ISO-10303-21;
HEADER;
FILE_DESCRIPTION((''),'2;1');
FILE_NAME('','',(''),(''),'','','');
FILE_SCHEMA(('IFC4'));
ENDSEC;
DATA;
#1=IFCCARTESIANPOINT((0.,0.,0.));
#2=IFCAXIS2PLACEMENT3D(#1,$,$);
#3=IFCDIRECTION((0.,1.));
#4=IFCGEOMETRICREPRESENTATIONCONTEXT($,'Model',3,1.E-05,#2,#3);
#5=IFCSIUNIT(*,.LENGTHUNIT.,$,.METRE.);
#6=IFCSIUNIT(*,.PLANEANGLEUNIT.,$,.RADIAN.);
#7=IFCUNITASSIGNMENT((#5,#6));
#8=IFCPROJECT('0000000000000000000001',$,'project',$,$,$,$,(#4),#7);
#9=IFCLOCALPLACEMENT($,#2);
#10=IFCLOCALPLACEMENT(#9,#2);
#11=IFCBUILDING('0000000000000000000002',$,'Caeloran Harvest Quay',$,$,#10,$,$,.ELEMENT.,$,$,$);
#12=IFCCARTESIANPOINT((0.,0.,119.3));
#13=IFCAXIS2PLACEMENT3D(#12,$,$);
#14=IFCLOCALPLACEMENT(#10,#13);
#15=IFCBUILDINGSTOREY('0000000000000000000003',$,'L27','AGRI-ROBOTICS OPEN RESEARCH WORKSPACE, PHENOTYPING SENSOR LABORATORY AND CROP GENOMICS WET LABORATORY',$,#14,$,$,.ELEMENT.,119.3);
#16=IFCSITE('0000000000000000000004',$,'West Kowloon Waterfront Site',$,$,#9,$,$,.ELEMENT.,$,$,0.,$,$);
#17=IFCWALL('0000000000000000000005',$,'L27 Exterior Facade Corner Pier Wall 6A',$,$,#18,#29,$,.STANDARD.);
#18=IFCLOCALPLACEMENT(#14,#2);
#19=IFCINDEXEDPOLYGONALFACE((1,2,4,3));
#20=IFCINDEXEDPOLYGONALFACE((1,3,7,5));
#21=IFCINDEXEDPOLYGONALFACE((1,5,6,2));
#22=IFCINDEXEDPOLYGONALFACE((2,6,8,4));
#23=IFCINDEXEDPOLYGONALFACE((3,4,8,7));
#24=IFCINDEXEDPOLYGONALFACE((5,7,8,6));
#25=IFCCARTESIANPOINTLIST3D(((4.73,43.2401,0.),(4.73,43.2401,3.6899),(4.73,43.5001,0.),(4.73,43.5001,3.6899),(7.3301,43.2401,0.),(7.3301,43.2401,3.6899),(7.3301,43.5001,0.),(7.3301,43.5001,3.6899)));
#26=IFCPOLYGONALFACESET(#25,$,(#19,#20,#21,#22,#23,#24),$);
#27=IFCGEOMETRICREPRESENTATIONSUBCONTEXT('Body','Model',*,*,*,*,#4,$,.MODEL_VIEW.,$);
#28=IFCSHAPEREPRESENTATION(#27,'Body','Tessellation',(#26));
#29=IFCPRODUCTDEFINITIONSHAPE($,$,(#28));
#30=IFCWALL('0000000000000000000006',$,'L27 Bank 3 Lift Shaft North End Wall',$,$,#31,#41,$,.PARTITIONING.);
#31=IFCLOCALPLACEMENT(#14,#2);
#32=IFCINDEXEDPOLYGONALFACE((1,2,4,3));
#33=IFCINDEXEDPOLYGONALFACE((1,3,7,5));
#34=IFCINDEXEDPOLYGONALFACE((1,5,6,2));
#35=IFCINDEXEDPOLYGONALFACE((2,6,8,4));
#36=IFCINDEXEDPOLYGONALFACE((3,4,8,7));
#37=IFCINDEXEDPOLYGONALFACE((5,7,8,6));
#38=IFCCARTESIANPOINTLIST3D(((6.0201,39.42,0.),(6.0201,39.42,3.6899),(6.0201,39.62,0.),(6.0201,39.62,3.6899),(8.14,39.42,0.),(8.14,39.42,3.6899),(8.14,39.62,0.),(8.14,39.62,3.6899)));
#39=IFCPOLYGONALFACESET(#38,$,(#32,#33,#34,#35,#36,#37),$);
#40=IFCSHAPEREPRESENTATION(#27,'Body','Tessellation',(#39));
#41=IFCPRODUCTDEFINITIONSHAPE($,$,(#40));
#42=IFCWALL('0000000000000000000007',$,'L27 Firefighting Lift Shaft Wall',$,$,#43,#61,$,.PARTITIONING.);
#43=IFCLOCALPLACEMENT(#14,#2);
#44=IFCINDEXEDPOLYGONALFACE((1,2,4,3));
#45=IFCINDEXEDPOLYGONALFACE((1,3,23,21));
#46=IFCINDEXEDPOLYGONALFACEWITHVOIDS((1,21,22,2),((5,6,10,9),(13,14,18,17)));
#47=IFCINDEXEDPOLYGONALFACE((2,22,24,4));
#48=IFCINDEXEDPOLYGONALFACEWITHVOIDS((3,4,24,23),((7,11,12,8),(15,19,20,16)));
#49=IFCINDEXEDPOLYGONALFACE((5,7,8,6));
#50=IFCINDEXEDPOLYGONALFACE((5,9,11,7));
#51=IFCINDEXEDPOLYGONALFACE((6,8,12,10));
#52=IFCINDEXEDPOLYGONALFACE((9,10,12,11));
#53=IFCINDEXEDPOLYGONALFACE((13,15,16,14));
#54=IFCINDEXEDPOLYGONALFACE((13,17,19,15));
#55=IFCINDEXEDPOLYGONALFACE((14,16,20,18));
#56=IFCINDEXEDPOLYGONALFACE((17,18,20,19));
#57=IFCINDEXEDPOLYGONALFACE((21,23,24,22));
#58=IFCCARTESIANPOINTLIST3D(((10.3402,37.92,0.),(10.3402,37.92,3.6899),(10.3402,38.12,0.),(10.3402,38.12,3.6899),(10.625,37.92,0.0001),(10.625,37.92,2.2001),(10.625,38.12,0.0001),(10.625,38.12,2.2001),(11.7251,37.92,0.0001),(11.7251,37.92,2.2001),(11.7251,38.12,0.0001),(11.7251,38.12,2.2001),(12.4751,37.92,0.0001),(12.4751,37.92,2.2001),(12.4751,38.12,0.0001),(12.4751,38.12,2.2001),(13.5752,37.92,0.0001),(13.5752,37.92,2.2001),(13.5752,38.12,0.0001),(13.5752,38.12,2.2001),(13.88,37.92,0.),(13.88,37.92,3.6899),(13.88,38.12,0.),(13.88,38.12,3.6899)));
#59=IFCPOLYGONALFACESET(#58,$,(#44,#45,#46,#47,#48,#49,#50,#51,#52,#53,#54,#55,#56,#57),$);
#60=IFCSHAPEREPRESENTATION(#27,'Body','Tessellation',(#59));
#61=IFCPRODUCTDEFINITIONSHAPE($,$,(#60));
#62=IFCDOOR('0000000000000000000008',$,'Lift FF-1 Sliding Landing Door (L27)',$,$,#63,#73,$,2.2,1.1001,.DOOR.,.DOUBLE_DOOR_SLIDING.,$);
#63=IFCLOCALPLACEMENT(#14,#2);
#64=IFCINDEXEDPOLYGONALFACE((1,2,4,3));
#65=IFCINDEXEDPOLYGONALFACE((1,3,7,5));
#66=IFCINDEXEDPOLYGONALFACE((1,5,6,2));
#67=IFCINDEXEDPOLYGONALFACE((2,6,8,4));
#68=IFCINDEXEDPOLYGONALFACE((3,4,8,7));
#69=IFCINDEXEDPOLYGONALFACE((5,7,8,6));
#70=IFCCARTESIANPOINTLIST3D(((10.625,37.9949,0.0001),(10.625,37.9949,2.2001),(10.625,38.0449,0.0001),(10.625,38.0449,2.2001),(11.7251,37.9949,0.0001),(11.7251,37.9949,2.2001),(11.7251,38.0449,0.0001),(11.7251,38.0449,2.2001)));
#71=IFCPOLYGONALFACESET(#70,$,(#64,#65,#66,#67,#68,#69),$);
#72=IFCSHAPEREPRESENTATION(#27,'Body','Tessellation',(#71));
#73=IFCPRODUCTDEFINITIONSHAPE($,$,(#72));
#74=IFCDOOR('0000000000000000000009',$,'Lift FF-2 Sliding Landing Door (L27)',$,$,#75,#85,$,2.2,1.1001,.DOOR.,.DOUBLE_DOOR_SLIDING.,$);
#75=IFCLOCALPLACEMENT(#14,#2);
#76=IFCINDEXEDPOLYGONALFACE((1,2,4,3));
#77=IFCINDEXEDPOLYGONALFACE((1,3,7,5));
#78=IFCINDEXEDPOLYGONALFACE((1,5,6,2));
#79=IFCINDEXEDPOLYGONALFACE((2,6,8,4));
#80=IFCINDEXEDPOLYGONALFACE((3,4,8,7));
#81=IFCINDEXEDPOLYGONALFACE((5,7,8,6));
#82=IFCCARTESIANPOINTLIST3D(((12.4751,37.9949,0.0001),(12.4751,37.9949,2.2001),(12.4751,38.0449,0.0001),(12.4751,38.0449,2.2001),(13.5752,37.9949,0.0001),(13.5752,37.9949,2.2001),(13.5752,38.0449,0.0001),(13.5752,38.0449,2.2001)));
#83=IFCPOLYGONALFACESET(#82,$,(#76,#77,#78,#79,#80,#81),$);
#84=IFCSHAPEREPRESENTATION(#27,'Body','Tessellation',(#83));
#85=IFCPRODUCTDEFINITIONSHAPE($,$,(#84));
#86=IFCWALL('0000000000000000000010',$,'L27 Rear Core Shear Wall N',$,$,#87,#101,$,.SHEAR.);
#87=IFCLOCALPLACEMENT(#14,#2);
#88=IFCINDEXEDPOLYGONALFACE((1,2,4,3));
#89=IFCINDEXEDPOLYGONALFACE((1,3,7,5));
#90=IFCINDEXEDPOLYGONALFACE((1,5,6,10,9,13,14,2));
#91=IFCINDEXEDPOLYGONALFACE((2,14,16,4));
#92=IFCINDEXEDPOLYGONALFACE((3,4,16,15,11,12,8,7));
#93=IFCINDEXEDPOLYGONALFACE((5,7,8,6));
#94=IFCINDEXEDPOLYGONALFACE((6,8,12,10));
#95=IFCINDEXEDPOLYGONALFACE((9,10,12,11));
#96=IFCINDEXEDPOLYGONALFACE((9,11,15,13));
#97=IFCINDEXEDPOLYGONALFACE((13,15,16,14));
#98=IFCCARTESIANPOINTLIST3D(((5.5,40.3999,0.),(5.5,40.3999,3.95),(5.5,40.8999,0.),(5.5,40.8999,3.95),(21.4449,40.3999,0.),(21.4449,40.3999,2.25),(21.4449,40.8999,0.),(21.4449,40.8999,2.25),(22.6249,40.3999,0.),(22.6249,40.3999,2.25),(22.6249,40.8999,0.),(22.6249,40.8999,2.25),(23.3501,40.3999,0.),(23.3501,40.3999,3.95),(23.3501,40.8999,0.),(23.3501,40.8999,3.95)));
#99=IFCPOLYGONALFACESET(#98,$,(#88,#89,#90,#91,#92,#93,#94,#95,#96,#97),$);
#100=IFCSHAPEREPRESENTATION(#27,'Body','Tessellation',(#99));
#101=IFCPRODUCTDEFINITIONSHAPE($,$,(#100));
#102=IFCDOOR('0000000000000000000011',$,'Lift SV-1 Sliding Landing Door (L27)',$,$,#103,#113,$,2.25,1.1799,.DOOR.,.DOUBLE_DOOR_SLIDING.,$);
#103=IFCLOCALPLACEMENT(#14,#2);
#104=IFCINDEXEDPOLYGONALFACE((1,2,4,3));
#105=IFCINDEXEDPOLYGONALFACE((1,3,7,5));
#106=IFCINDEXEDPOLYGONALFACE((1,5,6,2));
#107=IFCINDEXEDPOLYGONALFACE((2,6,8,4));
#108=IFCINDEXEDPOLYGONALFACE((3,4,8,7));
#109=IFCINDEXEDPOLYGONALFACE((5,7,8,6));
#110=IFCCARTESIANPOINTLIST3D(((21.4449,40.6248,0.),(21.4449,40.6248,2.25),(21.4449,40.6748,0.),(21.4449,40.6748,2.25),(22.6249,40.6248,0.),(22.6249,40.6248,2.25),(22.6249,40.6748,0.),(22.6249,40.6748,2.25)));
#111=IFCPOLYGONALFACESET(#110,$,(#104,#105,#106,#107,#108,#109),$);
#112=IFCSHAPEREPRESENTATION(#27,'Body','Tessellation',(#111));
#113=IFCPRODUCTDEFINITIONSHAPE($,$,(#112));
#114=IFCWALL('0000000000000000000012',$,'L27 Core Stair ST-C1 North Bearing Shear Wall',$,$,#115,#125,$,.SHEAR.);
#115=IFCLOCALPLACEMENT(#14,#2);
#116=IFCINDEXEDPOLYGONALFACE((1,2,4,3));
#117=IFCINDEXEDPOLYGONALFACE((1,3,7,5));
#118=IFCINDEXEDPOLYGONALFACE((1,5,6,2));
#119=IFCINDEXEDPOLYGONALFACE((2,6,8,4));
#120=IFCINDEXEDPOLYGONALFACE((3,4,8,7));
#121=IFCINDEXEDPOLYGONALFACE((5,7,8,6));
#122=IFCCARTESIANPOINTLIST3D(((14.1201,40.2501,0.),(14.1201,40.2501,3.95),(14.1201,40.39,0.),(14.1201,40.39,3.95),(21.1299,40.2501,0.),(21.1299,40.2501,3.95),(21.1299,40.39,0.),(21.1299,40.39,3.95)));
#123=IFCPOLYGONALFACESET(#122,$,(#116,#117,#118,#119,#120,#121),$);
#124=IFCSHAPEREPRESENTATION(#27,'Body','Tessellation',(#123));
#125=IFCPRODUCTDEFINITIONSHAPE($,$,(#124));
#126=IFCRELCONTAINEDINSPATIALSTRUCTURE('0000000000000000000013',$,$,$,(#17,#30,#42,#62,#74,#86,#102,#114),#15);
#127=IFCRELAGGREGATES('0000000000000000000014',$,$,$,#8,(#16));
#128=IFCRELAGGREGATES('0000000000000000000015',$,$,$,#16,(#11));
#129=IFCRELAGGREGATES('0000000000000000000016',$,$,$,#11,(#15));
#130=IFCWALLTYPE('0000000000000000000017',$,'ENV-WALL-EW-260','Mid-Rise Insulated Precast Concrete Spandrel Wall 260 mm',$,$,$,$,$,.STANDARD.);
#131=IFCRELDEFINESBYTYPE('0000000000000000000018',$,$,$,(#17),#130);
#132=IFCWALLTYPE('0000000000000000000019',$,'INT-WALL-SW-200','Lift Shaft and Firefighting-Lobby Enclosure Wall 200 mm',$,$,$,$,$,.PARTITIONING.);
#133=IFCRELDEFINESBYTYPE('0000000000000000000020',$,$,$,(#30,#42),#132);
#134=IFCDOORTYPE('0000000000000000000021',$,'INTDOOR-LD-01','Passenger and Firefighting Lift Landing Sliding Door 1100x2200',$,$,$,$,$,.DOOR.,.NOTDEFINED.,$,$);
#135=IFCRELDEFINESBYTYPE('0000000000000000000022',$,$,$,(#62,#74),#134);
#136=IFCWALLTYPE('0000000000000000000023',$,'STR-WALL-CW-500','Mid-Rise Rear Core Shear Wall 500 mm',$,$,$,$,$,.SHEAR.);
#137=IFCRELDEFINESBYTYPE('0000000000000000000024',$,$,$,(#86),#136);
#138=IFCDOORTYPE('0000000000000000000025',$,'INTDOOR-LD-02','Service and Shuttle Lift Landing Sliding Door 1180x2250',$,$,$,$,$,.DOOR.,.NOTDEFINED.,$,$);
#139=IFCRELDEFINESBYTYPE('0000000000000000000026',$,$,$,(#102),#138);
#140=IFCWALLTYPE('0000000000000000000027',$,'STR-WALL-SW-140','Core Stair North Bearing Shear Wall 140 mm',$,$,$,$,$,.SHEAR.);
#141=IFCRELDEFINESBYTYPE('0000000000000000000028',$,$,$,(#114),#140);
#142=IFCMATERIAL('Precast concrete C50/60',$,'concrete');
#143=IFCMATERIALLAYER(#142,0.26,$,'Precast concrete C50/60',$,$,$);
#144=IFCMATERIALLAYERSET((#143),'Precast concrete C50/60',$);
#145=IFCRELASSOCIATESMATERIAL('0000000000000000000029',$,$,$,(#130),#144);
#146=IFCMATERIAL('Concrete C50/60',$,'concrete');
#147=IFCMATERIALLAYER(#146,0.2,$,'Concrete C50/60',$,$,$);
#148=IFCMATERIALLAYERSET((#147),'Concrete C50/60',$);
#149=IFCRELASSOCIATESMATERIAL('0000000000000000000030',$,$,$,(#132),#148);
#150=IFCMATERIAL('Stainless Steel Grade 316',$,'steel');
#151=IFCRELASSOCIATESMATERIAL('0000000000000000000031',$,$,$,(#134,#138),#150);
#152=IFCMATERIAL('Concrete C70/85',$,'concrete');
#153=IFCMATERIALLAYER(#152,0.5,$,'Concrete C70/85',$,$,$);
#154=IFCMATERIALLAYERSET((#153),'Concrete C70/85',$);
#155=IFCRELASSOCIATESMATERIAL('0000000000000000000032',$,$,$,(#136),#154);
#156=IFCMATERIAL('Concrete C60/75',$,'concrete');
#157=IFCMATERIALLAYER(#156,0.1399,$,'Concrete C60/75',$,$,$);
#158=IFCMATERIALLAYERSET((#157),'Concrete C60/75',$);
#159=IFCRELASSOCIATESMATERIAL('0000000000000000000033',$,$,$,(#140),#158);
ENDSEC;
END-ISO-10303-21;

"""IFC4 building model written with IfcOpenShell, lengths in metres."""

from ifc_helpers import new_model, si_unit, direction, frame, frame_2d, origin, place, context, subcontext, project, spatial, rectangle, extrude, material, layer, layer_set, type_object, element, fill, save


model = new_model("IFC4")

# Units and contexts
model_context = context("Model", 3, precision=1e-05, world=origin(), true_north=direction((0.0, 1.0)))
body_context = subcontext(model_context, "Body", "Model", "MODEL_VIEW")
ifc_project = project(units=[si_unit("LENGTHUNIT", "METRE"), si_unit("PLANEANGLEUNIT", "RADIAN")], contexts=[model_context])

# Site, building, storey
site_placement = place(None, origin())
site = spatial("IfcSite", under=ifc_project, at=site_placement, Name="West Kowloon Waterfront Site", CompositionType="ELEMENT", RefElevation=0.0)
building_placement = place(site_placement, origin())
building = spatial("IfcBuilding", under=site, at=building_placement, Name="Caeloran Harvest Quay", CompositionType="ELEMENT")
storey_placement = place(building_placement, frame((0.0, 0.0, 119.3)))
storey = spatial("IfcBuildingStorey", under=building, at=storey_placement, Name="L27", Description="AGRI-ROBOTICS OPEN RESEARCH WORKSPACE, PHENOTYPING SENSOR LABORATORY AND CROP GENOMICS WET LABORATORY", CompositionType="ELEMENT", Elevation=119.3)

# Walls
ifc_material_1 = material(Name="Precast concrete C50/60", Category="concrete")
ifc_layer_1 = layer(ifc_material_1, 0.26, Name="Precast concrete C50/60")
ifc_layer_set_1 = layer_set([ifc_layer_1], Name="Precast concrete C50/60")
wall_type_1 = type_object("IfcWallType", Name="ENV-WALL-EW-260", Description="Mid-Rise Insulated Precast Concrete Spandrel Wall 260 mm", PredefinedType="STANDARD", material=ifc_layer_set_1)
wall_1_placement = place(storey_placement, frame((4.73, 43.3701, 0.0), z_axis=(0.0, 0.0, 1.0), x_axis=(1.0, 0.0, 0.0)))
element("IfcWall", 1, at=wall_1_placement, inside=storey, type_object=wall_type_1, Name="L27 Exterior Facade Corner Pier Wall 6A", PredefinedType="STANDARD", context=body_context, shape_type="SweptSolid", body=[
    extrude(rectangle(XDim=2.6001, YDim=0.26, at=frame_2d((1.3, 0.0))), origin(), (0.0, 0.0, 1.0), 3.6899),
])
ifc_material_2 = material(Name="Concrete C50/60", Category="concrete")
ifc_layer_2 = layer(ifc_material_2, 0.2, Name="Concrete C50/60")
ifc_layer_set_2 = layer_set([ifc_layer_2], Name="Concrete C50/60")
wall_type_2 = type_object("IfcWallType", Name="INT-WALL-SW-200", Description="Lift Shaft and Firefighting-Lobby Enclosure Wall 200 mm", PredefinedType="PARTITIONING", material=ifc_layer_set_2)
wall_2_placement = place(storey_placement, frame((6.02, 39.52, 0.0), z_axis=(0.0, 0.0, 1.0), x_axis=(1.0, 0.0, 0.0)))
element("IfcWall", 2, at=wall_2_placement, inside=storey, type_object=wall_type_2, Name="L27 Bank 3 Lift Shaft North End Wall", PredefinedType="PARTITIONING", context=body_context, shape_type="SweptSolid", body=[
    extrude(rectangle(XDim=2.1199, YDim=0.2, at=frame_2d((1.0601, 0.0))), origin(), (0.0, 0.0, 1.0), 3.6899),
])

# Wall, openings, doors
wall_3_placement = place(storey_placement, frame((10.3401, 38.02, 0.0), z_axis=(0.0, 0.0, 1.0), x_axis=(1.0, 0.0, 0.0)))
wall_3 = element("IfcWall", 3, at=wall_3_placement, inside=storey, type_object=wall_type_2, Name="L27 Firefighting Lift Shaft Wall", PredefinedType="PARTITIONING", context=body_context, shape_type="SweptSolid", body=[
    extrude(rectangle(XDim=3.5398, YDim=0.2, at=frame_2d((1.77, 0.0))), origin(), (0.0, 0.0, 1.0), 3.6899),
])
opening_1_placement = place(wall_3_placement, frame((0.2849, 0.0, 0.0)))
opening_1 = element("IfcOpeningElement", 4, at=opening_1_placement, cuts=wall_3, PredefinedType="OPENING", context=body_context, shape_type="SweptSolid", body=[
    extrude(rectangle(XDim=1.1001, YDim=2.2, at=frame_2d((0.55, 1.1001))), frame((0.0, 0.1099, 0.0), z_axis=(0.0, -1.0, 0.0), x_axis=(1.0, 0.0, 0.0)), (0.0, 0.0, 1.0), 0.22),
])
opening_2_placement = place(wall_3_placement, frame((2.135, 0.0, 0.0)))
opening_2 = element("IfcOpeningElement", 5, at=opening_2_placement, cuts=wall_3, PredefinedType="OPENING", context=body_context, shape_type="SweptSolid", body=[
    extrude(rectangle(XDim=1.1001, YDim=2.2, at=frame_2d((0.55, 1.1001))), frame((0.0, 0.1099, 0.0), z_axis=(0.0, -1.0, 0.0), x_axis=(1.0, 0.0, 0.0)), (0.0, 0.0, 1.0), 0.22),
])
ifc_material_3 = material(Name="Stainless Steel Grade 316", Category="steel")
door_type_1 = type_object("IfcDoorType", Name="INTDOOR-LD-01", Description="Passenger and Firefighting Lift Landing Sliding Door 1100x2200", OperationType="NOTDEFINED", PredefinedType="DOOR", material=ifc_material_3)
door_1_placement = place(opening_1_placement, origin())
door_1 = element("IfcDoor", 6, at=door_1_placement, inside=storey, type_object=door_type_1, Name="Lift FF-1 Sliding Landing Door (L27)", OperationType="DOUBLE_DOOR_SLIDING", OverallHeight=2.2, OverallWidth=1.1001, PredefinedType="DOOR", context=body_context, shape_type="SweptSolid", body=[
    extrude(rectangle(XDim=1.1001, YDim=2.2, at=frame_2d((0.55, 1.1001))), frame((0.0, 0.0249, 0.0), z_axis=(0.0, -1.0, 0.0), x_axis=(1.0, 0.0, 0.0)), (0.0, 0.0, 1.0), 0.05),
])
fill(opening_1, door_1)
door_2_placement = place(opening_2_placement, origin())
door_2 = element("IfcDoor", 7, at=door_2_placement, inside=storey, type_object=door_type_1, Name="Lift FF-2 Sliding Landing Door (L27)", OperationType="DOUBLE_DOOR_SLIDING", OverallHeight=2.2, OverallWidth=1.1001, PredefinedType="DOOR", context=body_context, shape_type="SweptSolid", body=[
    extrude(rectangle(XDim=1.1001, YDim=2.2, at=frame_2d((0.55, 1.1001))), frame((0.0, 0.0249, 0.0), z_axis=(0.0, -1.0, 0.0), x_axis=(1.0, 0.0, 0.0)), (0.0, 0.0, 1.0), 0.05),
])
fill(opening_2, door_2)

# Wall, opening, door
ifc_material_4 = material(Name="Concrete C70/85", Category="concrete")
ifc_layer_3 = layer(ifc_material_4, 0.5, Name="Concrete C70/85")
ifc_layer_set_3 = layer_set([ifc_layer_3], Name="Concrete C70/85")
wall_type_3 = type_object("IfcWallType", Name="STR-WALL-CW-500", Description="Mid-Rise Rear Core Shear Wall 500 mm", PredefinedType="SHEAR", material=ifc_layer_set_3)
wall_4_placement = place(storey_placement, frame((5.5, 40.6499, 0.0), z_axis=(0.0, 0.0, 1.0), x_axis=(1.0, 0.0, 0.0)))
wall_4 = element("IfcWall", 8, at=wall_4_placement, inside=storey, type_object=wall_type_3, Name="L27 Rear Core Shear Wall N", PredefinedType="SHEAR", context=body_context, shape_type="SweptSolid", body=[
    extrude(rectangle(XDim=17.8501, YDim=0.5, at=frame_2d((8.925, 0.0))), origin(), (0.0, 0.0, 1.0), 3.95),
])
opening_3_placement = place(wall_4_placement, frame((15.9451, 0.0, 0.0)))
opening_3 = element("IfcOpeningElement", 9, at=opening_3_placement, cuts=wall_4, PredefinedType="OPENING", context=body_context, shape_type="SweptSolid", body=[
    extrude(rectangle(XDim=1.1799, YDim=2.25, at=frame_2d((0.5898, 1.125))), frame((0.0, 0.26, 0.0), z_axis=(0.0, -1.0, 0.0), x_axis=(1.0, 0.0, 0.0)), (0.0, 0.0, 1.0), 0.52),
])
door_type_2 = type_object("IfcDoorType", Name="INTDOOR-LD-02", Description="Service and Shuttle Lift Landing Sliding Door 1180x2250", OperationType="NOTDEFINED", PredefinedType="DOOR", material=ifc_material_3)
door_3_placement = place(opening_3_placement, origin())
door_3 = element("IfcDoor", 10, at=door_3_placement, inside=storey, type_object=door_type_2, Name="Lift SV-1 Sliding Landing Door (L27)", OperationType="DOUBLE_DOOR_SLIDING", OverallHeight=2.25, OverallWidth=1.1799, PredefinedType="DOOR", context=body_context, shape_type="SweptSolid", body=[
    extrude(rectangle(XDim=1.1799, YDim=2.25, at=frame_2d((0.5898, 1.125))), frame((0.0, 0.0249, 0.0), z_axis=(0.0, -1.0, 0.0), x_axis=(1.0, 0.0, 0.0)), (0.0, 0.0, 1.0), 0.05),
])
fill(opening_3, door_3)

# Wall
ifc_material_5 = material(Name="Concrete C60/75", Category="concrete")
ifc_layer_4 = layer(ifc_material_5, 0.1399, Name="Concrete C60/75")
ifc_layer_set_4 = layer_set([ifc_layer_4], Name="Concrete C60/75")
wall_type_4 = type_object("IfcWallType", Name="STR-WALL-SW-140", Description="Core Stair North Bearing Shear Wall 140 mm", PredefinedType="SHEAR", material=ifc_layer_set_4)
wall_5_placement = place(storey_placement, frame((14.1201, 40.3201, 0.0), z_axis=(0.0, 0.0, 1.0), x_axis=(1.0, 0.0, 0.0)))
element("IfcWall", 11, at=wall_5_placement, inside=storey, type_object=wall_type_4, Name="L27 Core Stair ST-C1 North Bearing Shear Wall", PredefinedType="SHEAR", context=body_context, shape_type="SweptSolid", body=[
    extrude(rectangle(XDim=7.0098, YDim=0.1399, at=frame_2d((3.5049, 0.0))), origin(), (0.0, 0.0, 1.0), 3.95),
])

save(model, "model.ifc")
